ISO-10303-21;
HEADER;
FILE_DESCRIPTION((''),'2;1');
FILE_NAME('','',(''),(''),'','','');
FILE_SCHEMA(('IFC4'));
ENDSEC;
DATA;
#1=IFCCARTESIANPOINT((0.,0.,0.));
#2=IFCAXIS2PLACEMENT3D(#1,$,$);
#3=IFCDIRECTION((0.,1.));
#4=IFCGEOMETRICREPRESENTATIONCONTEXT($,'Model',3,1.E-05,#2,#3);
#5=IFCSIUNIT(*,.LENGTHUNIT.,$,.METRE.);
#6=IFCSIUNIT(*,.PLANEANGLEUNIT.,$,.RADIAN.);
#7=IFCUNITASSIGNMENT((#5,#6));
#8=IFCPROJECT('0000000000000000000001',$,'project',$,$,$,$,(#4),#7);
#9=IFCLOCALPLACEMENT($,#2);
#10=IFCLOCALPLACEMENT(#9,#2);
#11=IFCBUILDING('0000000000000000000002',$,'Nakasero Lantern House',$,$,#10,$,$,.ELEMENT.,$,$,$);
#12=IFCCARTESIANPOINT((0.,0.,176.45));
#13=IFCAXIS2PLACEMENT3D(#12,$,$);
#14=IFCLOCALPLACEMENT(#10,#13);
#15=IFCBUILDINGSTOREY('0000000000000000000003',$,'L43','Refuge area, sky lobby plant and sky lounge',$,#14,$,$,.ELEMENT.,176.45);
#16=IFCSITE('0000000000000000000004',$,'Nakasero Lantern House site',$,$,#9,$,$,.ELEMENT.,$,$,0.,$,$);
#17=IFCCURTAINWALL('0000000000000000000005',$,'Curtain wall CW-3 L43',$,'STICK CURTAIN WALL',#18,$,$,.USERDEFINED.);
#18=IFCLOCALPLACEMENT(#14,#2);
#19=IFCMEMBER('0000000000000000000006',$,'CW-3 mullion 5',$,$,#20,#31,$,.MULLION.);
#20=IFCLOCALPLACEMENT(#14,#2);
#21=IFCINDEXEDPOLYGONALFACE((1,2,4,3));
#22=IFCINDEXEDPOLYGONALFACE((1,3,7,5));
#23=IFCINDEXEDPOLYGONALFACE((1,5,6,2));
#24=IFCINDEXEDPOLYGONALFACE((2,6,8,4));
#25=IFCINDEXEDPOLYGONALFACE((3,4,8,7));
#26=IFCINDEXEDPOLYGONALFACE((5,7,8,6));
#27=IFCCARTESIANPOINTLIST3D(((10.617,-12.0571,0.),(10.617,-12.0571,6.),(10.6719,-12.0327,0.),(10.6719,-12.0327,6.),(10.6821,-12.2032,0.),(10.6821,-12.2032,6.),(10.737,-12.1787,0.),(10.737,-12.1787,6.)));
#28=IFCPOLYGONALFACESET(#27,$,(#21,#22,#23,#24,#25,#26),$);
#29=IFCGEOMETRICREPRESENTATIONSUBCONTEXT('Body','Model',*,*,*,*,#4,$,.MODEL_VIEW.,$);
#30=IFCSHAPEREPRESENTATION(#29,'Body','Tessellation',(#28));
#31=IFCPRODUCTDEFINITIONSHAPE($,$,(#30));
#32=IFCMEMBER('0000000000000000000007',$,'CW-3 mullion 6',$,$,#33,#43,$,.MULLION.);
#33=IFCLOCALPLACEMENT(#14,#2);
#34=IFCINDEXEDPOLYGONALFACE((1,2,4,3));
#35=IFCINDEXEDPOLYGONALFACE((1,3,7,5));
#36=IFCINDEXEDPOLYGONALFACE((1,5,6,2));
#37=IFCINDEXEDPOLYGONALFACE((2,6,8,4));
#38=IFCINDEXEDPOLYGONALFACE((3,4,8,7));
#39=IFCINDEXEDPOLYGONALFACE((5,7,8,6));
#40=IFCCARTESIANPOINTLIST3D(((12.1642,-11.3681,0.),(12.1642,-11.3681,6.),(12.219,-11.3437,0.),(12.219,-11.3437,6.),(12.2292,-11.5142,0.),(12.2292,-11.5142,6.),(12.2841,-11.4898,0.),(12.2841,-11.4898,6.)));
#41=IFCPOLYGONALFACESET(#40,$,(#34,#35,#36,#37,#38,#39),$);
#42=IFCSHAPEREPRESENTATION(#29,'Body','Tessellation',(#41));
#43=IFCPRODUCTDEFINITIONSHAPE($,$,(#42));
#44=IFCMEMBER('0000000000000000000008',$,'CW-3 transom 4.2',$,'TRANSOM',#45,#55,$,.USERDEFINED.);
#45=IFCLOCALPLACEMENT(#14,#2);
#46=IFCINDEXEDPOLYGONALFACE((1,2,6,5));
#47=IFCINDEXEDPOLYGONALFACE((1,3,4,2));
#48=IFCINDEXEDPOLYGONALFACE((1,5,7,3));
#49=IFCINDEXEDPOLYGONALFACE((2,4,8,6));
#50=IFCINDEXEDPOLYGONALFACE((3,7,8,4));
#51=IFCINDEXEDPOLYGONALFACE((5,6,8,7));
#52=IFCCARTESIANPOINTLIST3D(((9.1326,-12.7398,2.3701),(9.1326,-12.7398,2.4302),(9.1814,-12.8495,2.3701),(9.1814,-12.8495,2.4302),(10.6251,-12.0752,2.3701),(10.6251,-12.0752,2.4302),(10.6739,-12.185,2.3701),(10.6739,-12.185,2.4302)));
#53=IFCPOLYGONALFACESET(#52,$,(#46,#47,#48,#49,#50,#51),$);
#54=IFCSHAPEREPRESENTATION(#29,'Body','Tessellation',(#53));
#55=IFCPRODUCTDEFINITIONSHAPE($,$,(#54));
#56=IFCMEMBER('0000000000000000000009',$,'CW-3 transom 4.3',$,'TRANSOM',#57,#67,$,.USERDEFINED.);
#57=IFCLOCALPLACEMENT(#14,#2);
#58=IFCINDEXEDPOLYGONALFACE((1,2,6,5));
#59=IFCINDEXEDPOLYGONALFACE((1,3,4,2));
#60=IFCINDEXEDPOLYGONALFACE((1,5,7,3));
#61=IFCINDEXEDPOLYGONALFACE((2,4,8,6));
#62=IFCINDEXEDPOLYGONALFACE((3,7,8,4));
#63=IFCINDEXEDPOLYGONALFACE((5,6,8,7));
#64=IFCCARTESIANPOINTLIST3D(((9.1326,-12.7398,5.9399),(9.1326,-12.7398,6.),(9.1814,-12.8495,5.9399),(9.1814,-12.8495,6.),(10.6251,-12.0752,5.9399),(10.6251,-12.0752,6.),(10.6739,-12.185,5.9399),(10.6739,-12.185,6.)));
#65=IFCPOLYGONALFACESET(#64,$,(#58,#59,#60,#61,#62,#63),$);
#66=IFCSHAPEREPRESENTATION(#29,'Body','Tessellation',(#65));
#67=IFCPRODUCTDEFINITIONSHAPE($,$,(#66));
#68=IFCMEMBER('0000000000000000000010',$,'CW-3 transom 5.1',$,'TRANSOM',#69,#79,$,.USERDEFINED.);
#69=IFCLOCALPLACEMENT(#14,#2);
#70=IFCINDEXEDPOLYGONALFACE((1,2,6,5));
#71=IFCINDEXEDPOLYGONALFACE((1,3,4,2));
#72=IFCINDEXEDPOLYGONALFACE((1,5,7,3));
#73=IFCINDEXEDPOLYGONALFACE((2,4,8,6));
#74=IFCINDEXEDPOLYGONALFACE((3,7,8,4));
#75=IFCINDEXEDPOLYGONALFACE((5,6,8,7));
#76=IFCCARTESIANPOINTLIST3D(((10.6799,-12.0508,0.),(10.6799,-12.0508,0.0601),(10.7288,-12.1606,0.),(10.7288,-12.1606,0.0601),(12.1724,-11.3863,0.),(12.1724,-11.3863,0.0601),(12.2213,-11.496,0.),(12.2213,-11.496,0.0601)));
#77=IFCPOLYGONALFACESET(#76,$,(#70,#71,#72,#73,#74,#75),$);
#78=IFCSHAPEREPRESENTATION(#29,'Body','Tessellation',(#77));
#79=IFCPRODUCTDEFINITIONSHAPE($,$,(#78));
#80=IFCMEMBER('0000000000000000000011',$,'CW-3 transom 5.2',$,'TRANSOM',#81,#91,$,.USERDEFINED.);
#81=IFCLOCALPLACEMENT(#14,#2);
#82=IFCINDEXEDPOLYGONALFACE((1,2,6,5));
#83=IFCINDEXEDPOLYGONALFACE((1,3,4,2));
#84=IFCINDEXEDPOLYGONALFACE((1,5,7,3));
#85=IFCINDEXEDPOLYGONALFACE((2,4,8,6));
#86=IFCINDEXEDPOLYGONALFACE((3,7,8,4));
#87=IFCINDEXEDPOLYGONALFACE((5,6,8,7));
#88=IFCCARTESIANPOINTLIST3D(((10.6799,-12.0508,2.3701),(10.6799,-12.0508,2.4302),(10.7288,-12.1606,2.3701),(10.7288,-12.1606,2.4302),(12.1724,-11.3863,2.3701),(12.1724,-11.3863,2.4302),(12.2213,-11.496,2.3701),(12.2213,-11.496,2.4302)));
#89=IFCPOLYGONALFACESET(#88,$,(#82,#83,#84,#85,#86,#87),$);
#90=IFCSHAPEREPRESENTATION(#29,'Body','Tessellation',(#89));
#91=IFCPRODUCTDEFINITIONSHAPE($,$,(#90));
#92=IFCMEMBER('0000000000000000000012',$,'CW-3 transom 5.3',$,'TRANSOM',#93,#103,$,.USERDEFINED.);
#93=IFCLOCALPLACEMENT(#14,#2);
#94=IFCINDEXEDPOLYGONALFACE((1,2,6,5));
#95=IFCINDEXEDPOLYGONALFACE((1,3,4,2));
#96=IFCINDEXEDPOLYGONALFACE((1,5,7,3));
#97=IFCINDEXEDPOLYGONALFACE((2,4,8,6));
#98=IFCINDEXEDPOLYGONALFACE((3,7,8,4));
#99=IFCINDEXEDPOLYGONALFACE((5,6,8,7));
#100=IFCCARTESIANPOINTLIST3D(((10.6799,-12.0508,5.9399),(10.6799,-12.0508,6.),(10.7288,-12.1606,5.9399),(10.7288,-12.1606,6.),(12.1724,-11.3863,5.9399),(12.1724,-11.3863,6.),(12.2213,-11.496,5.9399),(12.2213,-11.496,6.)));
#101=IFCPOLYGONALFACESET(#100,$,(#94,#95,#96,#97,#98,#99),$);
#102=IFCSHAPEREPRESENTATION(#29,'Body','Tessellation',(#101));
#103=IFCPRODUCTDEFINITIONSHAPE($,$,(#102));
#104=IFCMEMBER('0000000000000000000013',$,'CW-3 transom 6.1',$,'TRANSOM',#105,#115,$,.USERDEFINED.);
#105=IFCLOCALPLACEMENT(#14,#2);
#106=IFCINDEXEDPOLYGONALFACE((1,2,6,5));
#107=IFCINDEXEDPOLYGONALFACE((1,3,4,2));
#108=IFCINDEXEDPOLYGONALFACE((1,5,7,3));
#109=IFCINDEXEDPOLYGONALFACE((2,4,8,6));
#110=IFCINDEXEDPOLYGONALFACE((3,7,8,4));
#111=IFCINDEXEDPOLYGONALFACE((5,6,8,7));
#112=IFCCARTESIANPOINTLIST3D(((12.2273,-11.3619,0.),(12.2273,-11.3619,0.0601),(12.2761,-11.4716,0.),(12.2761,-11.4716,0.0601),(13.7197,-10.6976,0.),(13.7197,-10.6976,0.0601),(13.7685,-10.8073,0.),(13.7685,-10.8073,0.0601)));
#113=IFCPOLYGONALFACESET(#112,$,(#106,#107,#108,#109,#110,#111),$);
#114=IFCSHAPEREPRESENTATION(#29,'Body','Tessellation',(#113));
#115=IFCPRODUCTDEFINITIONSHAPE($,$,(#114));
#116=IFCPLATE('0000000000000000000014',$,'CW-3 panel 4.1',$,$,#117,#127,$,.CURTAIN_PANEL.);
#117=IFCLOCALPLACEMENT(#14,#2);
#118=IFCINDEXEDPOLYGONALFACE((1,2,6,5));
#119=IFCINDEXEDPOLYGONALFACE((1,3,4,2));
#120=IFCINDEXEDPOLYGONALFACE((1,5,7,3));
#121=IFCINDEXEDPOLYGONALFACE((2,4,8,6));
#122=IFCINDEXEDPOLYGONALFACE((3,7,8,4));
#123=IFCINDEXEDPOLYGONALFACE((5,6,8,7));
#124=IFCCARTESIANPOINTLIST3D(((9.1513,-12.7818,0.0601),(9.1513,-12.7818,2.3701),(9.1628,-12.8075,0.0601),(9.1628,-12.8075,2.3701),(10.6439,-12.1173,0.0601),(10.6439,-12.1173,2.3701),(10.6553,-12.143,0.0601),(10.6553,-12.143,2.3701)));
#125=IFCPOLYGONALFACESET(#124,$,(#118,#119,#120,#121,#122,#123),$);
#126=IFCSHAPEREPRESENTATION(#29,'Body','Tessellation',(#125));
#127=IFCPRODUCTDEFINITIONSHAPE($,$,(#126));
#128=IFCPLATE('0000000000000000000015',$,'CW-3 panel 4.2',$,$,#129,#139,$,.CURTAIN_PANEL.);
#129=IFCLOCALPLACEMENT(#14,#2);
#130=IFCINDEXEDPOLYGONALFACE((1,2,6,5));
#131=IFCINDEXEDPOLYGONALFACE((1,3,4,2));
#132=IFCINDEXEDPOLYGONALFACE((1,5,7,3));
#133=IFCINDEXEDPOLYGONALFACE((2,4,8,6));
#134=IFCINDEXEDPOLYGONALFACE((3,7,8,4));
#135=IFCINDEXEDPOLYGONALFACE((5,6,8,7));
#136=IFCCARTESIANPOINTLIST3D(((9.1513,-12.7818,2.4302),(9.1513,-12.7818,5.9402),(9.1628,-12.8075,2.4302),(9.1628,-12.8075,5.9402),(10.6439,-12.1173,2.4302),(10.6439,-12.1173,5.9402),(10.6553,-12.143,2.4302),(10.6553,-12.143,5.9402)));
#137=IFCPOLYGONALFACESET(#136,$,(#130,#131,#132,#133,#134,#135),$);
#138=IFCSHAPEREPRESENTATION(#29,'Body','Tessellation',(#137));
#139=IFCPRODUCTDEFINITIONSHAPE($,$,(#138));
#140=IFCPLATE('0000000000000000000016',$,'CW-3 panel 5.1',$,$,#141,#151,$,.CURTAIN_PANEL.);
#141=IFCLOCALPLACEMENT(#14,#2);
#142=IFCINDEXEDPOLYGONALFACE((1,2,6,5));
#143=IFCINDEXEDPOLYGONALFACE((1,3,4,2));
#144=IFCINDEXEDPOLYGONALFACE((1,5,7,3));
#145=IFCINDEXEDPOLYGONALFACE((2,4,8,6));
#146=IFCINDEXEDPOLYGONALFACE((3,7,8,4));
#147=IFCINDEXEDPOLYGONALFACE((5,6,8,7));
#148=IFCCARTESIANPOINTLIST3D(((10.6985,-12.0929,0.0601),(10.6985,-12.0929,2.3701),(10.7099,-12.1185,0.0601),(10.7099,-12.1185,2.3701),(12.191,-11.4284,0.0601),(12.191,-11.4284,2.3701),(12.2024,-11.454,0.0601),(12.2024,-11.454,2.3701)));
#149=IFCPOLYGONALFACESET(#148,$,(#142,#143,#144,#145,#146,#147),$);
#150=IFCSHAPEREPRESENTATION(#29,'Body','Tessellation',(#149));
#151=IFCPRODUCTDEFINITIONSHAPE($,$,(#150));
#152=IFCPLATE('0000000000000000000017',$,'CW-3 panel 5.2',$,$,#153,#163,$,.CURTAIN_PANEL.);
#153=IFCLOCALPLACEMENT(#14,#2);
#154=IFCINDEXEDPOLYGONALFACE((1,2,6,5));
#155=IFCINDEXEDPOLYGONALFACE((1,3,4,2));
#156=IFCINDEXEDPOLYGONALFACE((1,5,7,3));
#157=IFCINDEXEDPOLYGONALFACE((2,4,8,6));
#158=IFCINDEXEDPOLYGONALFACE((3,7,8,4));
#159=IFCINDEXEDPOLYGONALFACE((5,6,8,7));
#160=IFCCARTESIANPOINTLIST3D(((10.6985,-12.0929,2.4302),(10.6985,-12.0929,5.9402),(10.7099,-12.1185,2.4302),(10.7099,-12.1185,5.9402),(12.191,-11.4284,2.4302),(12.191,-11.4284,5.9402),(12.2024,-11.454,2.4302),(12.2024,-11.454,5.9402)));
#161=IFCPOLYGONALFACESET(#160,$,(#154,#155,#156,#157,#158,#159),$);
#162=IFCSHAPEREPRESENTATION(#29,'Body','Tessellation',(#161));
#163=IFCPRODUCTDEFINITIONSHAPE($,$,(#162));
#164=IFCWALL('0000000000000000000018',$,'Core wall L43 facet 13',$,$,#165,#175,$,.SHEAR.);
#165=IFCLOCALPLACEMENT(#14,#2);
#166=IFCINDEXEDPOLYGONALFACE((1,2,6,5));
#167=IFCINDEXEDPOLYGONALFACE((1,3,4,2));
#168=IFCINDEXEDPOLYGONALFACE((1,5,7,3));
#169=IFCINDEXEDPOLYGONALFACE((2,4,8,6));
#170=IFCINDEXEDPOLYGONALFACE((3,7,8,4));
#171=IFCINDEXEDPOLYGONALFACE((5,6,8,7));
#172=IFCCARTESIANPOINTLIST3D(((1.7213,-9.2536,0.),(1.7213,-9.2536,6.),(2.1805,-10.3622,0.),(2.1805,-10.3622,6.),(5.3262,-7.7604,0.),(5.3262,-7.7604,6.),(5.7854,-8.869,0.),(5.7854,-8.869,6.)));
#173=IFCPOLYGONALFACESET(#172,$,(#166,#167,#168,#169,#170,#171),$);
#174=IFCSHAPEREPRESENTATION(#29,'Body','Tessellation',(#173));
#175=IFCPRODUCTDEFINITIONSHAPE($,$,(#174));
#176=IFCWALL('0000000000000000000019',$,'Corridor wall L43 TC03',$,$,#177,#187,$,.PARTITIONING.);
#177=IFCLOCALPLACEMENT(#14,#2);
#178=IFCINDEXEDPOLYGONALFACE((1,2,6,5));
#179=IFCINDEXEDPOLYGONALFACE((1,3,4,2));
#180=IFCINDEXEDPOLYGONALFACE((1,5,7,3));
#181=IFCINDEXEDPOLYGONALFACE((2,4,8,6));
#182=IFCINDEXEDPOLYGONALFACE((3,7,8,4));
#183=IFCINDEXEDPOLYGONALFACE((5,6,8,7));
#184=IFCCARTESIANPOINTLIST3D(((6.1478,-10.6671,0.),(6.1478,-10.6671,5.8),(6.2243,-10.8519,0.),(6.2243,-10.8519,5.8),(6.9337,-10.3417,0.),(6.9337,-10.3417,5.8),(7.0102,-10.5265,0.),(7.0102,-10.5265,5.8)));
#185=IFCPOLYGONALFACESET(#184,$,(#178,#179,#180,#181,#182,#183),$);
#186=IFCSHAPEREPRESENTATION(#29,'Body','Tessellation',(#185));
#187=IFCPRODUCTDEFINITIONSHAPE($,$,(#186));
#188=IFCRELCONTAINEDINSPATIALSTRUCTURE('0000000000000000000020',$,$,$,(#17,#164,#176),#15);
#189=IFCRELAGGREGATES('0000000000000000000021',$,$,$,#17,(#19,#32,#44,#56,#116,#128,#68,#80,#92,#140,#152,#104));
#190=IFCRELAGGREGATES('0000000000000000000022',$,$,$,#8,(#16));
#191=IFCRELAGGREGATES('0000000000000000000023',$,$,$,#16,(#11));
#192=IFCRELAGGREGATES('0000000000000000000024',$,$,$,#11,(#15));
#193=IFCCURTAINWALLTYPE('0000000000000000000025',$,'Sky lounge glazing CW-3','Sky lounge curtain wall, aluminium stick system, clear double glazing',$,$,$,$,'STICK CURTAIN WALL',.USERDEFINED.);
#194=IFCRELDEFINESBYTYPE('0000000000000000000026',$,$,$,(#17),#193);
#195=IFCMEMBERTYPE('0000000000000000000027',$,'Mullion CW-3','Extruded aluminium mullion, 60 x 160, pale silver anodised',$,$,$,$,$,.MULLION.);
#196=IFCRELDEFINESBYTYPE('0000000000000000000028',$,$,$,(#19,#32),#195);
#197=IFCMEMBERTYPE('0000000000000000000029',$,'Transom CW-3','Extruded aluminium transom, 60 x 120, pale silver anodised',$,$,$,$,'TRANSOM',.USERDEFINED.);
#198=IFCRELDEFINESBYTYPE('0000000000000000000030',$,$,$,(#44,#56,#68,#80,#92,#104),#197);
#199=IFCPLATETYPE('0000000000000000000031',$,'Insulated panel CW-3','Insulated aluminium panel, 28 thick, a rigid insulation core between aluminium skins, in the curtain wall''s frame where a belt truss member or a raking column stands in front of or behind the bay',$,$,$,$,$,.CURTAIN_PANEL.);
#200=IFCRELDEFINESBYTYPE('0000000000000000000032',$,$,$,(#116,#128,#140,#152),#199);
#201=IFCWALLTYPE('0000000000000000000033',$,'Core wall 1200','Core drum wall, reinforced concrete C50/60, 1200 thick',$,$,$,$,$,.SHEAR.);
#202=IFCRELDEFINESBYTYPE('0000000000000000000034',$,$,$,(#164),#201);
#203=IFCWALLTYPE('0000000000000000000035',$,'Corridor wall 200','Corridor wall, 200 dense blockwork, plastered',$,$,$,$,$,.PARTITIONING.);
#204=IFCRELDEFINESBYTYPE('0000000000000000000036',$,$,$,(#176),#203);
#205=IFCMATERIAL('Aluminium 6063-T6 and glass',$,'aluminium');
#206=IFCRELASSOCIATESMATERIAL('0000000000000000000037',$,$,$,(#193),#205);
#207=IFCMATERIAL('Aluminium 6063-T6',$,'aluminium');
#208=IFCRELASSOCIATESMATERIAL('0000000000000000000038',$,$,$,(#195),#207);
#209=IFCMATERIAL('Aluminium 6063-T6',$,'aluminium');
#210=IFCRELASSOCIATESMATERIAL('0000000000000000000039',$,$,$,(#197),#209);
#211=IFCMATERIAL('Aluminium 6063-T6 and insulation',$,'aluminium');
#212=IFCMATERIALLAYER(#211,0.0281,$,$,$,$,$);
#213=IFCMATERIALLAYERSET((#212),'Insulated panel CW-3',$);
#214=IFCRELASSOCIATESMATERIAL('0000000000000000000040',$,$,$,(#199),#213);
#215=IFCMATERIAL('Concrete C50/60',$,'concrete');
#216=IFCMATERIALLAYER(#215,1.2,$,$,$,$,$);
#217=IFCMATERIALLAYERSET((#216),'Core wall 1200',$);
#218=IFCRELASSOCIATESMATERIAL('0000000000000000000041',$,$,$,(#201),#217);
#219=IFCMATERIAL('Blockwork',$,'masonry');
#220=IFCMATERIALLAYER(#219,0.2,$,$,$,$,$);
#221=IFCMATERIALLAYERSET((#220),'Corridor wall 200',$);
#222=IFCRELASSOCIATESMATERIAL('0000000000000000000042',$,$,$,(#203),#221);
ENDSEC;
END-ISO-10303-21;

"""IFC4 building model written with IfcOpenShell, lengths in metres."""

from ifc_helpers import new_model, si_unit, direction, frame, frame_2d, origin, origin_2d, place, context, subcontext, project, spatial, rectangle, extrude, material, layer, layer_set, material_profile, profile_set, type_object, element, aggregate, save


model = new_model("IFC4")

# Units and contexts
model_context = context("Model", 3, precision=1e-05, world=origin(), true_north=direction((0.0, 1.0)))
body_context = subcontext(model_context, "Body", "Model", "MODEL_VIEW")
ifc_project = project(units=[si_unit("LENGTHUNIT", "METRE"), si_unit("PLANEANGLEUNIT", "RADIAN")], contexts=[model_context])

# Site, building, storey
site_placement = place(None, origin())
site = spatial("IfcSite", under=ifc_project, at=site_placement, Name="Nakasero Lantern House site", CompositionType="ELEMENT", RefElevation=0.0)
building_placement = place(site_placement, origin())
building = spatial("IfcBuilding", under=site, at=building_placement, Name="Nakasero Lantern House", CompositionType="ELEMENT")
storey_placement = place(building_placement, frame((0.0, 0.0, 176.45)))
storey = spatial("IfcBuildingStorey", under=building, at=storey_placement, Name="L43", Description="Refuge area, sky lobby plant and sky lounge", CompositionType="ELEMENT", Elevation=176.45)

# Curtain wall, members, plates
ifc_material_1 = material(Name="Aluminium 6063-T6 and glass", Category="aluminium")
curtain_wall_type = type_object("IfcCurtainWallType", Name="Sky lounge glazing CW-3", Description="Sky lounge curtain wall, aluminium stick system, clear double glazing", ElementType="STICK CURTAIN WALL", PredefinedType="USERDEFINED", material=ifc_material_1)
curtain_wall_placement = place(storey_placement, origin())
curtain_wall = element("IfcCurtainWall", 1, at=curtain_wall_placement, inside=storey, type_object=curtain_wall_type, Name="Curtain wall CW-3 L43", ObjectType="STICK CURTAIN WALL", PredefinedType="USERDEFINED")
ifc_material_2 = material(Name="Aluminium 6063-T6", Category="aluminium")
ifc_material_profile_1 = material_profile(ifc_material_2, rectangle(XDim=0.0601, YDim=0.1599, at=origin_2d()), Name="CW-3 mullion 60x160")
ifc_profile_set_1 = profile_set([ifc_material_profile_1], Name="Aluminium 6063-T6")
member_type_1 = type_object("IfcMemberType", Name="Mullion CW-3", Description="Extruded aluminium mullion, 60 x 160, pale silver anodised", PredefinedType="MULLION", material=ifc_profile_set_1)
member_1_placement = place(storey_placement, frame((10.677, -12.1179, 0.0), z_axis=(0.0, 0.0, 1.0), x_axis=(0.913545, 0.406737, 0.0)))
member_1 = element("IfcMember", 2, at=member_1_placement, type_object=member_type_1, Name="CW-3 mullion 5", PredefinedType="MULLION", context=body_context, shape_type="SweptSolid", body=[
    extrude(rectangle(XDim=0.0601, YDim=0.1599, at=origin_2d()), origin(), (0.0, 0.0, 1.0), 6.0),
])
member_2_placement = place(storey_placement, frame((12.2241, -11.429, 0.0), z_axis=(0.0, 0.0, 1.0), x_axis=(0.913545, 0.406737, 0.0)))
member_2 = element("IfcMember", 3, at=member_2_placement, type_object=member_type_1, Name="CW-3 mullion 6", PredefinedType="MULLION", context=body_context, shape_type="SweptSolid", body=[
    extrude(rectangle(XDim=0.0601, YDim=0.1599, at=origin_2d()), origin(), (0.0, 0.0, 1.0), 6.0),
])
ifc_material_3 = material(Name="Aluminium 6063-T6", Category="aluminium")
ifc_material_profile_2 = material_profile(ifc_material_3, rectangle(XDim=0.0601, YDim=0.1201, at=origin_2d()), Name="CW-3 transom 60x120")
ifc_profile_set_2 = profile_set([ifc_material_profile_2], Name="Aluminium 6063-T6")
member_type_2 = type_object("IfcMemberType", Name="Transom CW-3", Description="Extruded aluminium transom, 60 x 120, pale silver anodised", ElementType="TRANSOM", PredefinedType="USERDEFINED", material=ifc_profile_set_2)
member_3_placement = place(storey_placement, frame((9.157, -12.7947, 2.4001), z_axis=(0.913528, 0.406776, 0.0), x_axis=(0.0, 0.0, 1.0)))
member_3 = element("IfcMember", 4, at=member_3_placement, type_object=member_type_2, Name="CW-3 transom 4.2", ObjectType="TRANSOM", PredefinedType="USERDEFINED", context=body_context, shape_type="SweptSolid", body=[
    extrude(rectangle(XDim=0.0601, YDim=0.1201, at=origin_2d()), origin(), (0.0, 0.0, 1.0), 1.6338),
])
member_4_placement = place(storey_placement, frame((9.157, -12.7947, 5.97), z_axis=(0.913528, 0.406776, 0.0), x_axis=(0.0, 0.0, 1.0)))
member_4 = element("IfcMember", 5, at=member_4_placement, type_object=member_type_2, Name="CW-3 transom 4.3", ObjectType="TRANSOM", PredefinedType="USERDEFINED", context=body_context, shape_type="SweptSolid", body=[
    extrude(rectangle(XDim=0.0601, YDim=0.1201, at=origin_2d()), origin(), (0.0, 0.0, 1.0), 1.6338),
])
member_5_placement = place(storey_placement, frame((10.7043, -12.1057, 0.03), z_axis=(0.913528, 0.406776, 0.0), x_axis=(0.0, 0.0, 1.0)))
member_5 = element("IfcMember", 6, at=member_5_placement, type_object=member_type_2, Name="CW-3 transom 5.1", ObjectType="TRANSOM", PredefinedType="USERDEFINED", context=body_context, shape_type="SweptSolid", body=[
    extrude(rectangle(XDim=0.0601, YDim=0.1201, at=origin_2d()), origin(), (0.0, 0.0, 1.0), 1.6338),
])
member_6_placement = place(storey_placement, frame((10.7043, -12.1057, 2.4001), z_axis=(0.913528, 0.406776, 0.0), x_axis=(0.0, 0.0, 1.0)))
member_6 = element("IfcMember", 7, at=member_6_placement, type_object=member_type_2, Name="CW-3 transom 5.2", ObjectType="TRANSOM", PredefinedType="USERDEFINED", context=body_context, shape_type="SweptSolid", body=[
    extrude(rectangle(XDim=0.0601, YDim=0.1201, at=origin_2d()), origin(), (0.0, 0.0, 1.0), 1.6338),
])
member_7_placement = place(storey_placement, frame((10.7043, -12.1057, 5.97), z_axis=(0.913528, 0.406776, 0.0), x_axis=(0.0, 0.0, 1.0)))
member_7 = element("IfcMember", 8, at=member_7_placement, type_object=member_type_2, Name="CW-3 transom 5.3", ObjectType="TRANSOM", PredefinedType="USERDEFINED", context=body_context, shape_type="SweptSolid", body=[
    extrude(rectangle(XDim=0.0601, YDim=0.1201, at=origin_2d()), origin(), (0.0, 0.0, 1.0), 1.6338),
])
member_8_placement = place(storey_placement, frame((12.2517, -11.4167, 0.03), z_axis=(0.913583, 0.406651, 0.0), x_axis=(0.0, 0.0, 1.0)))
member_8 = element("IfcMember", 9, at=member_8_placement, type_object=member_type_2, Name="CW-3 transom 6.1", ObjectType="TRANSOM", PredefinedType="USERDEFINED", context=body_context, shape_type="SweptSolid", body=[
    extrude(rectangle(XDim=0.0601, YDim=0.1201, at=origin_2d()), origin(), (0.0, 0.0, 1.0), 1.6335),
])
ifc_material_4 = material(Name="Aluminium 6063-T6 and insulation", Category="aluminium")
ifc_layer_1 = layer(ifc_material_4, 0.0281)
ifc_layer_set_1 = layer_set([ifc_layer_1], Name="Insulated panel CW-3")
plate_type = type_object("IfcPlateType", Name="Insulated panel CW-3", Description="Insulated aluminium panel, 28 thick, a rigid insulation core between aluminium skins, in the curtain wall's frame where a belt truss member or a raking column stands in front of or behind the bay", PredefinedType="CURTAIN_PANEL", material=ifc_layer_set_1)
plate_1_placement = place(storey_placement, frame((9.9033, -12.4624, 0.0601), z_axis=(0.0, 0.0, 1.0), x_axis=(0.913545, 0.406737, 0.0)))
plate_1 = element("IfcPlate", 10, at=plate_1_placement, type_object=plate_type, Name="CW-3 panel 4.1", PredefinedType="CURTAIN_PANEL", context=body_context, shape_type="SweptSolid", body=[
    extrude(rectangle(XDim=1.6338, YDim=0.0281, at=origin_2d()), origin(), (0.0, 0.0, 1.0), 2.3101),
])
plate_2_placement = place(storey_placement, frame((9.9033, -12.4624, 2.4302), z_axis=(0.0, 0.0, 1.0), x_axis=(0.913545, 0.406737, 0.0)))
plate_2 = element("IfcPlate", 11, at=plate_2_placement, type_object=plate_type, Name="CW-3 panel 4.2", PredefinedType="CURTAIN_PANEL", context=body_context, shape_type="SweptSolid", body=[
    extrude(rectangle(XDim=1.6338, YDim=0.0281, at=origin_2d()), origin(), (0.0, 0.0, 1.0), 3.51),
])
plate_3_placement = place(storey_placement, frame((11.4504, -11.7734, 0.0601), z_axis=(0.0, 0.0, 1.0), x_axis=(0.913545, 0.406737, 0.0)))
plate_3 = element("IfcPlate", 12, at=plate_3_placement, type_object=plate_type, Name="CW-3 panel 5.1", PredefinedType="CURTAIN_PANEL", context=body_context, shape_type="SweptSolid", body=[
    extrude(rectangle(XDim=1.6338, YDim=0.0281, at=origin_2d()), origin(), (0.0, 0.0, 1.0), 2.3101),
])
plate_4_placement = place(storey_placement, frame((11.4504, -11.7734, 2.4302), z_axis=(0.0, 0.0, 1.0), x_axis=(0.913545, 0.406737, 0.0)))
plate_4 = element("IfcPlate", 13, at=plate_4_placement, type_object=plate_type, Name="CW-3 panel 5.2", PredefinedType="CURTAIN_PANEL", context=body_context, shape_type="SweptSolid", body=[
    extrude(rectangle(XDim=1.6338, YDim=0.0281, at=origin_2d()), origin(), (0.0, 0.0, 1.0), 3.51),
])
aggregate(curtain_wall, [member_1, member_2, member_3, member_4, plate_1, plate_2, member_5, member_6, member_7, plate_3, plate_4, member_8])

# Walls
ifc_material_5 = material(Name="Concrete C50/60", Category="concrete")
ifc_layer_2 = layer(ifc_material_5, 1.2)
ifc_layer_set_2 = layer_set([ifc_layer_2], Name="Core wall 1200")
wall_type_1 = type_object("IfcWallType", Name="Core wall 1200", Description="Core drum wall, reinforced concrete C50/60, 1200 thick", PredefinedType="SHEAR", material=ifc_layer_set_2)
wall_1_placement = place(storey_placement, frame((1.9509, -9.8079, 0.0), z_axis=(0.0, 0.0, 1.0), x_axis=(0.923877, 0.382691, 0.0)))
element("IfcWall", 14, at=wall_1_placement, inside=storey, type_object=wall_type_1, Name="Core wall L43 facet 13", PredefinedType="SHEAR", context=body_context, shape_type="SweptSolid", body=[
    extrude(rectangle(XDim=3.9019, YDim=1.2, at=frame_2d((1.9509, 0.0))), origin(), (0.0, 0.0, 1.0), 6.0),
])
ifc_material_6 = material(Name="Blockwork", Category="masonry")
ifc_layer_3 = layer(ifc_material_6, 0.2)
ifc_layer_set_3 = layer_set([ifc_layer_3], Name="Corridor wall 200")
wall_type_2 = type_object("IfcWallType", Name="Corridor wall 200", Description="Corridor wall, 200 dense blockwork, plastered", PredefinedType="PARTITIONING", material=ifc_layer_set_3)
wall_2_placement = place(storey_placement, frame((6.9719, -10.4341, 0.0), z_axis=(0.0, 0.0, 1.0), x_axis=(-0.923915, -0.382597, 0.0)))
element("IfcWall", 15, at=wall_2_placement, inside=storey, type_object=wall_type_2, Name="Corridor wall L43 TC03", PredefinedType="PARTITIONING", context=body_context, shape_type="SweptSolid", body=[
    extrude(rectangle(XDim=0.8506, YDim=0.2, at=frame_2d((0.4253, 0.0))), origin(), (0.0, 0.0, 1.0), 5.8),
])

save(model, "model.ifc")
